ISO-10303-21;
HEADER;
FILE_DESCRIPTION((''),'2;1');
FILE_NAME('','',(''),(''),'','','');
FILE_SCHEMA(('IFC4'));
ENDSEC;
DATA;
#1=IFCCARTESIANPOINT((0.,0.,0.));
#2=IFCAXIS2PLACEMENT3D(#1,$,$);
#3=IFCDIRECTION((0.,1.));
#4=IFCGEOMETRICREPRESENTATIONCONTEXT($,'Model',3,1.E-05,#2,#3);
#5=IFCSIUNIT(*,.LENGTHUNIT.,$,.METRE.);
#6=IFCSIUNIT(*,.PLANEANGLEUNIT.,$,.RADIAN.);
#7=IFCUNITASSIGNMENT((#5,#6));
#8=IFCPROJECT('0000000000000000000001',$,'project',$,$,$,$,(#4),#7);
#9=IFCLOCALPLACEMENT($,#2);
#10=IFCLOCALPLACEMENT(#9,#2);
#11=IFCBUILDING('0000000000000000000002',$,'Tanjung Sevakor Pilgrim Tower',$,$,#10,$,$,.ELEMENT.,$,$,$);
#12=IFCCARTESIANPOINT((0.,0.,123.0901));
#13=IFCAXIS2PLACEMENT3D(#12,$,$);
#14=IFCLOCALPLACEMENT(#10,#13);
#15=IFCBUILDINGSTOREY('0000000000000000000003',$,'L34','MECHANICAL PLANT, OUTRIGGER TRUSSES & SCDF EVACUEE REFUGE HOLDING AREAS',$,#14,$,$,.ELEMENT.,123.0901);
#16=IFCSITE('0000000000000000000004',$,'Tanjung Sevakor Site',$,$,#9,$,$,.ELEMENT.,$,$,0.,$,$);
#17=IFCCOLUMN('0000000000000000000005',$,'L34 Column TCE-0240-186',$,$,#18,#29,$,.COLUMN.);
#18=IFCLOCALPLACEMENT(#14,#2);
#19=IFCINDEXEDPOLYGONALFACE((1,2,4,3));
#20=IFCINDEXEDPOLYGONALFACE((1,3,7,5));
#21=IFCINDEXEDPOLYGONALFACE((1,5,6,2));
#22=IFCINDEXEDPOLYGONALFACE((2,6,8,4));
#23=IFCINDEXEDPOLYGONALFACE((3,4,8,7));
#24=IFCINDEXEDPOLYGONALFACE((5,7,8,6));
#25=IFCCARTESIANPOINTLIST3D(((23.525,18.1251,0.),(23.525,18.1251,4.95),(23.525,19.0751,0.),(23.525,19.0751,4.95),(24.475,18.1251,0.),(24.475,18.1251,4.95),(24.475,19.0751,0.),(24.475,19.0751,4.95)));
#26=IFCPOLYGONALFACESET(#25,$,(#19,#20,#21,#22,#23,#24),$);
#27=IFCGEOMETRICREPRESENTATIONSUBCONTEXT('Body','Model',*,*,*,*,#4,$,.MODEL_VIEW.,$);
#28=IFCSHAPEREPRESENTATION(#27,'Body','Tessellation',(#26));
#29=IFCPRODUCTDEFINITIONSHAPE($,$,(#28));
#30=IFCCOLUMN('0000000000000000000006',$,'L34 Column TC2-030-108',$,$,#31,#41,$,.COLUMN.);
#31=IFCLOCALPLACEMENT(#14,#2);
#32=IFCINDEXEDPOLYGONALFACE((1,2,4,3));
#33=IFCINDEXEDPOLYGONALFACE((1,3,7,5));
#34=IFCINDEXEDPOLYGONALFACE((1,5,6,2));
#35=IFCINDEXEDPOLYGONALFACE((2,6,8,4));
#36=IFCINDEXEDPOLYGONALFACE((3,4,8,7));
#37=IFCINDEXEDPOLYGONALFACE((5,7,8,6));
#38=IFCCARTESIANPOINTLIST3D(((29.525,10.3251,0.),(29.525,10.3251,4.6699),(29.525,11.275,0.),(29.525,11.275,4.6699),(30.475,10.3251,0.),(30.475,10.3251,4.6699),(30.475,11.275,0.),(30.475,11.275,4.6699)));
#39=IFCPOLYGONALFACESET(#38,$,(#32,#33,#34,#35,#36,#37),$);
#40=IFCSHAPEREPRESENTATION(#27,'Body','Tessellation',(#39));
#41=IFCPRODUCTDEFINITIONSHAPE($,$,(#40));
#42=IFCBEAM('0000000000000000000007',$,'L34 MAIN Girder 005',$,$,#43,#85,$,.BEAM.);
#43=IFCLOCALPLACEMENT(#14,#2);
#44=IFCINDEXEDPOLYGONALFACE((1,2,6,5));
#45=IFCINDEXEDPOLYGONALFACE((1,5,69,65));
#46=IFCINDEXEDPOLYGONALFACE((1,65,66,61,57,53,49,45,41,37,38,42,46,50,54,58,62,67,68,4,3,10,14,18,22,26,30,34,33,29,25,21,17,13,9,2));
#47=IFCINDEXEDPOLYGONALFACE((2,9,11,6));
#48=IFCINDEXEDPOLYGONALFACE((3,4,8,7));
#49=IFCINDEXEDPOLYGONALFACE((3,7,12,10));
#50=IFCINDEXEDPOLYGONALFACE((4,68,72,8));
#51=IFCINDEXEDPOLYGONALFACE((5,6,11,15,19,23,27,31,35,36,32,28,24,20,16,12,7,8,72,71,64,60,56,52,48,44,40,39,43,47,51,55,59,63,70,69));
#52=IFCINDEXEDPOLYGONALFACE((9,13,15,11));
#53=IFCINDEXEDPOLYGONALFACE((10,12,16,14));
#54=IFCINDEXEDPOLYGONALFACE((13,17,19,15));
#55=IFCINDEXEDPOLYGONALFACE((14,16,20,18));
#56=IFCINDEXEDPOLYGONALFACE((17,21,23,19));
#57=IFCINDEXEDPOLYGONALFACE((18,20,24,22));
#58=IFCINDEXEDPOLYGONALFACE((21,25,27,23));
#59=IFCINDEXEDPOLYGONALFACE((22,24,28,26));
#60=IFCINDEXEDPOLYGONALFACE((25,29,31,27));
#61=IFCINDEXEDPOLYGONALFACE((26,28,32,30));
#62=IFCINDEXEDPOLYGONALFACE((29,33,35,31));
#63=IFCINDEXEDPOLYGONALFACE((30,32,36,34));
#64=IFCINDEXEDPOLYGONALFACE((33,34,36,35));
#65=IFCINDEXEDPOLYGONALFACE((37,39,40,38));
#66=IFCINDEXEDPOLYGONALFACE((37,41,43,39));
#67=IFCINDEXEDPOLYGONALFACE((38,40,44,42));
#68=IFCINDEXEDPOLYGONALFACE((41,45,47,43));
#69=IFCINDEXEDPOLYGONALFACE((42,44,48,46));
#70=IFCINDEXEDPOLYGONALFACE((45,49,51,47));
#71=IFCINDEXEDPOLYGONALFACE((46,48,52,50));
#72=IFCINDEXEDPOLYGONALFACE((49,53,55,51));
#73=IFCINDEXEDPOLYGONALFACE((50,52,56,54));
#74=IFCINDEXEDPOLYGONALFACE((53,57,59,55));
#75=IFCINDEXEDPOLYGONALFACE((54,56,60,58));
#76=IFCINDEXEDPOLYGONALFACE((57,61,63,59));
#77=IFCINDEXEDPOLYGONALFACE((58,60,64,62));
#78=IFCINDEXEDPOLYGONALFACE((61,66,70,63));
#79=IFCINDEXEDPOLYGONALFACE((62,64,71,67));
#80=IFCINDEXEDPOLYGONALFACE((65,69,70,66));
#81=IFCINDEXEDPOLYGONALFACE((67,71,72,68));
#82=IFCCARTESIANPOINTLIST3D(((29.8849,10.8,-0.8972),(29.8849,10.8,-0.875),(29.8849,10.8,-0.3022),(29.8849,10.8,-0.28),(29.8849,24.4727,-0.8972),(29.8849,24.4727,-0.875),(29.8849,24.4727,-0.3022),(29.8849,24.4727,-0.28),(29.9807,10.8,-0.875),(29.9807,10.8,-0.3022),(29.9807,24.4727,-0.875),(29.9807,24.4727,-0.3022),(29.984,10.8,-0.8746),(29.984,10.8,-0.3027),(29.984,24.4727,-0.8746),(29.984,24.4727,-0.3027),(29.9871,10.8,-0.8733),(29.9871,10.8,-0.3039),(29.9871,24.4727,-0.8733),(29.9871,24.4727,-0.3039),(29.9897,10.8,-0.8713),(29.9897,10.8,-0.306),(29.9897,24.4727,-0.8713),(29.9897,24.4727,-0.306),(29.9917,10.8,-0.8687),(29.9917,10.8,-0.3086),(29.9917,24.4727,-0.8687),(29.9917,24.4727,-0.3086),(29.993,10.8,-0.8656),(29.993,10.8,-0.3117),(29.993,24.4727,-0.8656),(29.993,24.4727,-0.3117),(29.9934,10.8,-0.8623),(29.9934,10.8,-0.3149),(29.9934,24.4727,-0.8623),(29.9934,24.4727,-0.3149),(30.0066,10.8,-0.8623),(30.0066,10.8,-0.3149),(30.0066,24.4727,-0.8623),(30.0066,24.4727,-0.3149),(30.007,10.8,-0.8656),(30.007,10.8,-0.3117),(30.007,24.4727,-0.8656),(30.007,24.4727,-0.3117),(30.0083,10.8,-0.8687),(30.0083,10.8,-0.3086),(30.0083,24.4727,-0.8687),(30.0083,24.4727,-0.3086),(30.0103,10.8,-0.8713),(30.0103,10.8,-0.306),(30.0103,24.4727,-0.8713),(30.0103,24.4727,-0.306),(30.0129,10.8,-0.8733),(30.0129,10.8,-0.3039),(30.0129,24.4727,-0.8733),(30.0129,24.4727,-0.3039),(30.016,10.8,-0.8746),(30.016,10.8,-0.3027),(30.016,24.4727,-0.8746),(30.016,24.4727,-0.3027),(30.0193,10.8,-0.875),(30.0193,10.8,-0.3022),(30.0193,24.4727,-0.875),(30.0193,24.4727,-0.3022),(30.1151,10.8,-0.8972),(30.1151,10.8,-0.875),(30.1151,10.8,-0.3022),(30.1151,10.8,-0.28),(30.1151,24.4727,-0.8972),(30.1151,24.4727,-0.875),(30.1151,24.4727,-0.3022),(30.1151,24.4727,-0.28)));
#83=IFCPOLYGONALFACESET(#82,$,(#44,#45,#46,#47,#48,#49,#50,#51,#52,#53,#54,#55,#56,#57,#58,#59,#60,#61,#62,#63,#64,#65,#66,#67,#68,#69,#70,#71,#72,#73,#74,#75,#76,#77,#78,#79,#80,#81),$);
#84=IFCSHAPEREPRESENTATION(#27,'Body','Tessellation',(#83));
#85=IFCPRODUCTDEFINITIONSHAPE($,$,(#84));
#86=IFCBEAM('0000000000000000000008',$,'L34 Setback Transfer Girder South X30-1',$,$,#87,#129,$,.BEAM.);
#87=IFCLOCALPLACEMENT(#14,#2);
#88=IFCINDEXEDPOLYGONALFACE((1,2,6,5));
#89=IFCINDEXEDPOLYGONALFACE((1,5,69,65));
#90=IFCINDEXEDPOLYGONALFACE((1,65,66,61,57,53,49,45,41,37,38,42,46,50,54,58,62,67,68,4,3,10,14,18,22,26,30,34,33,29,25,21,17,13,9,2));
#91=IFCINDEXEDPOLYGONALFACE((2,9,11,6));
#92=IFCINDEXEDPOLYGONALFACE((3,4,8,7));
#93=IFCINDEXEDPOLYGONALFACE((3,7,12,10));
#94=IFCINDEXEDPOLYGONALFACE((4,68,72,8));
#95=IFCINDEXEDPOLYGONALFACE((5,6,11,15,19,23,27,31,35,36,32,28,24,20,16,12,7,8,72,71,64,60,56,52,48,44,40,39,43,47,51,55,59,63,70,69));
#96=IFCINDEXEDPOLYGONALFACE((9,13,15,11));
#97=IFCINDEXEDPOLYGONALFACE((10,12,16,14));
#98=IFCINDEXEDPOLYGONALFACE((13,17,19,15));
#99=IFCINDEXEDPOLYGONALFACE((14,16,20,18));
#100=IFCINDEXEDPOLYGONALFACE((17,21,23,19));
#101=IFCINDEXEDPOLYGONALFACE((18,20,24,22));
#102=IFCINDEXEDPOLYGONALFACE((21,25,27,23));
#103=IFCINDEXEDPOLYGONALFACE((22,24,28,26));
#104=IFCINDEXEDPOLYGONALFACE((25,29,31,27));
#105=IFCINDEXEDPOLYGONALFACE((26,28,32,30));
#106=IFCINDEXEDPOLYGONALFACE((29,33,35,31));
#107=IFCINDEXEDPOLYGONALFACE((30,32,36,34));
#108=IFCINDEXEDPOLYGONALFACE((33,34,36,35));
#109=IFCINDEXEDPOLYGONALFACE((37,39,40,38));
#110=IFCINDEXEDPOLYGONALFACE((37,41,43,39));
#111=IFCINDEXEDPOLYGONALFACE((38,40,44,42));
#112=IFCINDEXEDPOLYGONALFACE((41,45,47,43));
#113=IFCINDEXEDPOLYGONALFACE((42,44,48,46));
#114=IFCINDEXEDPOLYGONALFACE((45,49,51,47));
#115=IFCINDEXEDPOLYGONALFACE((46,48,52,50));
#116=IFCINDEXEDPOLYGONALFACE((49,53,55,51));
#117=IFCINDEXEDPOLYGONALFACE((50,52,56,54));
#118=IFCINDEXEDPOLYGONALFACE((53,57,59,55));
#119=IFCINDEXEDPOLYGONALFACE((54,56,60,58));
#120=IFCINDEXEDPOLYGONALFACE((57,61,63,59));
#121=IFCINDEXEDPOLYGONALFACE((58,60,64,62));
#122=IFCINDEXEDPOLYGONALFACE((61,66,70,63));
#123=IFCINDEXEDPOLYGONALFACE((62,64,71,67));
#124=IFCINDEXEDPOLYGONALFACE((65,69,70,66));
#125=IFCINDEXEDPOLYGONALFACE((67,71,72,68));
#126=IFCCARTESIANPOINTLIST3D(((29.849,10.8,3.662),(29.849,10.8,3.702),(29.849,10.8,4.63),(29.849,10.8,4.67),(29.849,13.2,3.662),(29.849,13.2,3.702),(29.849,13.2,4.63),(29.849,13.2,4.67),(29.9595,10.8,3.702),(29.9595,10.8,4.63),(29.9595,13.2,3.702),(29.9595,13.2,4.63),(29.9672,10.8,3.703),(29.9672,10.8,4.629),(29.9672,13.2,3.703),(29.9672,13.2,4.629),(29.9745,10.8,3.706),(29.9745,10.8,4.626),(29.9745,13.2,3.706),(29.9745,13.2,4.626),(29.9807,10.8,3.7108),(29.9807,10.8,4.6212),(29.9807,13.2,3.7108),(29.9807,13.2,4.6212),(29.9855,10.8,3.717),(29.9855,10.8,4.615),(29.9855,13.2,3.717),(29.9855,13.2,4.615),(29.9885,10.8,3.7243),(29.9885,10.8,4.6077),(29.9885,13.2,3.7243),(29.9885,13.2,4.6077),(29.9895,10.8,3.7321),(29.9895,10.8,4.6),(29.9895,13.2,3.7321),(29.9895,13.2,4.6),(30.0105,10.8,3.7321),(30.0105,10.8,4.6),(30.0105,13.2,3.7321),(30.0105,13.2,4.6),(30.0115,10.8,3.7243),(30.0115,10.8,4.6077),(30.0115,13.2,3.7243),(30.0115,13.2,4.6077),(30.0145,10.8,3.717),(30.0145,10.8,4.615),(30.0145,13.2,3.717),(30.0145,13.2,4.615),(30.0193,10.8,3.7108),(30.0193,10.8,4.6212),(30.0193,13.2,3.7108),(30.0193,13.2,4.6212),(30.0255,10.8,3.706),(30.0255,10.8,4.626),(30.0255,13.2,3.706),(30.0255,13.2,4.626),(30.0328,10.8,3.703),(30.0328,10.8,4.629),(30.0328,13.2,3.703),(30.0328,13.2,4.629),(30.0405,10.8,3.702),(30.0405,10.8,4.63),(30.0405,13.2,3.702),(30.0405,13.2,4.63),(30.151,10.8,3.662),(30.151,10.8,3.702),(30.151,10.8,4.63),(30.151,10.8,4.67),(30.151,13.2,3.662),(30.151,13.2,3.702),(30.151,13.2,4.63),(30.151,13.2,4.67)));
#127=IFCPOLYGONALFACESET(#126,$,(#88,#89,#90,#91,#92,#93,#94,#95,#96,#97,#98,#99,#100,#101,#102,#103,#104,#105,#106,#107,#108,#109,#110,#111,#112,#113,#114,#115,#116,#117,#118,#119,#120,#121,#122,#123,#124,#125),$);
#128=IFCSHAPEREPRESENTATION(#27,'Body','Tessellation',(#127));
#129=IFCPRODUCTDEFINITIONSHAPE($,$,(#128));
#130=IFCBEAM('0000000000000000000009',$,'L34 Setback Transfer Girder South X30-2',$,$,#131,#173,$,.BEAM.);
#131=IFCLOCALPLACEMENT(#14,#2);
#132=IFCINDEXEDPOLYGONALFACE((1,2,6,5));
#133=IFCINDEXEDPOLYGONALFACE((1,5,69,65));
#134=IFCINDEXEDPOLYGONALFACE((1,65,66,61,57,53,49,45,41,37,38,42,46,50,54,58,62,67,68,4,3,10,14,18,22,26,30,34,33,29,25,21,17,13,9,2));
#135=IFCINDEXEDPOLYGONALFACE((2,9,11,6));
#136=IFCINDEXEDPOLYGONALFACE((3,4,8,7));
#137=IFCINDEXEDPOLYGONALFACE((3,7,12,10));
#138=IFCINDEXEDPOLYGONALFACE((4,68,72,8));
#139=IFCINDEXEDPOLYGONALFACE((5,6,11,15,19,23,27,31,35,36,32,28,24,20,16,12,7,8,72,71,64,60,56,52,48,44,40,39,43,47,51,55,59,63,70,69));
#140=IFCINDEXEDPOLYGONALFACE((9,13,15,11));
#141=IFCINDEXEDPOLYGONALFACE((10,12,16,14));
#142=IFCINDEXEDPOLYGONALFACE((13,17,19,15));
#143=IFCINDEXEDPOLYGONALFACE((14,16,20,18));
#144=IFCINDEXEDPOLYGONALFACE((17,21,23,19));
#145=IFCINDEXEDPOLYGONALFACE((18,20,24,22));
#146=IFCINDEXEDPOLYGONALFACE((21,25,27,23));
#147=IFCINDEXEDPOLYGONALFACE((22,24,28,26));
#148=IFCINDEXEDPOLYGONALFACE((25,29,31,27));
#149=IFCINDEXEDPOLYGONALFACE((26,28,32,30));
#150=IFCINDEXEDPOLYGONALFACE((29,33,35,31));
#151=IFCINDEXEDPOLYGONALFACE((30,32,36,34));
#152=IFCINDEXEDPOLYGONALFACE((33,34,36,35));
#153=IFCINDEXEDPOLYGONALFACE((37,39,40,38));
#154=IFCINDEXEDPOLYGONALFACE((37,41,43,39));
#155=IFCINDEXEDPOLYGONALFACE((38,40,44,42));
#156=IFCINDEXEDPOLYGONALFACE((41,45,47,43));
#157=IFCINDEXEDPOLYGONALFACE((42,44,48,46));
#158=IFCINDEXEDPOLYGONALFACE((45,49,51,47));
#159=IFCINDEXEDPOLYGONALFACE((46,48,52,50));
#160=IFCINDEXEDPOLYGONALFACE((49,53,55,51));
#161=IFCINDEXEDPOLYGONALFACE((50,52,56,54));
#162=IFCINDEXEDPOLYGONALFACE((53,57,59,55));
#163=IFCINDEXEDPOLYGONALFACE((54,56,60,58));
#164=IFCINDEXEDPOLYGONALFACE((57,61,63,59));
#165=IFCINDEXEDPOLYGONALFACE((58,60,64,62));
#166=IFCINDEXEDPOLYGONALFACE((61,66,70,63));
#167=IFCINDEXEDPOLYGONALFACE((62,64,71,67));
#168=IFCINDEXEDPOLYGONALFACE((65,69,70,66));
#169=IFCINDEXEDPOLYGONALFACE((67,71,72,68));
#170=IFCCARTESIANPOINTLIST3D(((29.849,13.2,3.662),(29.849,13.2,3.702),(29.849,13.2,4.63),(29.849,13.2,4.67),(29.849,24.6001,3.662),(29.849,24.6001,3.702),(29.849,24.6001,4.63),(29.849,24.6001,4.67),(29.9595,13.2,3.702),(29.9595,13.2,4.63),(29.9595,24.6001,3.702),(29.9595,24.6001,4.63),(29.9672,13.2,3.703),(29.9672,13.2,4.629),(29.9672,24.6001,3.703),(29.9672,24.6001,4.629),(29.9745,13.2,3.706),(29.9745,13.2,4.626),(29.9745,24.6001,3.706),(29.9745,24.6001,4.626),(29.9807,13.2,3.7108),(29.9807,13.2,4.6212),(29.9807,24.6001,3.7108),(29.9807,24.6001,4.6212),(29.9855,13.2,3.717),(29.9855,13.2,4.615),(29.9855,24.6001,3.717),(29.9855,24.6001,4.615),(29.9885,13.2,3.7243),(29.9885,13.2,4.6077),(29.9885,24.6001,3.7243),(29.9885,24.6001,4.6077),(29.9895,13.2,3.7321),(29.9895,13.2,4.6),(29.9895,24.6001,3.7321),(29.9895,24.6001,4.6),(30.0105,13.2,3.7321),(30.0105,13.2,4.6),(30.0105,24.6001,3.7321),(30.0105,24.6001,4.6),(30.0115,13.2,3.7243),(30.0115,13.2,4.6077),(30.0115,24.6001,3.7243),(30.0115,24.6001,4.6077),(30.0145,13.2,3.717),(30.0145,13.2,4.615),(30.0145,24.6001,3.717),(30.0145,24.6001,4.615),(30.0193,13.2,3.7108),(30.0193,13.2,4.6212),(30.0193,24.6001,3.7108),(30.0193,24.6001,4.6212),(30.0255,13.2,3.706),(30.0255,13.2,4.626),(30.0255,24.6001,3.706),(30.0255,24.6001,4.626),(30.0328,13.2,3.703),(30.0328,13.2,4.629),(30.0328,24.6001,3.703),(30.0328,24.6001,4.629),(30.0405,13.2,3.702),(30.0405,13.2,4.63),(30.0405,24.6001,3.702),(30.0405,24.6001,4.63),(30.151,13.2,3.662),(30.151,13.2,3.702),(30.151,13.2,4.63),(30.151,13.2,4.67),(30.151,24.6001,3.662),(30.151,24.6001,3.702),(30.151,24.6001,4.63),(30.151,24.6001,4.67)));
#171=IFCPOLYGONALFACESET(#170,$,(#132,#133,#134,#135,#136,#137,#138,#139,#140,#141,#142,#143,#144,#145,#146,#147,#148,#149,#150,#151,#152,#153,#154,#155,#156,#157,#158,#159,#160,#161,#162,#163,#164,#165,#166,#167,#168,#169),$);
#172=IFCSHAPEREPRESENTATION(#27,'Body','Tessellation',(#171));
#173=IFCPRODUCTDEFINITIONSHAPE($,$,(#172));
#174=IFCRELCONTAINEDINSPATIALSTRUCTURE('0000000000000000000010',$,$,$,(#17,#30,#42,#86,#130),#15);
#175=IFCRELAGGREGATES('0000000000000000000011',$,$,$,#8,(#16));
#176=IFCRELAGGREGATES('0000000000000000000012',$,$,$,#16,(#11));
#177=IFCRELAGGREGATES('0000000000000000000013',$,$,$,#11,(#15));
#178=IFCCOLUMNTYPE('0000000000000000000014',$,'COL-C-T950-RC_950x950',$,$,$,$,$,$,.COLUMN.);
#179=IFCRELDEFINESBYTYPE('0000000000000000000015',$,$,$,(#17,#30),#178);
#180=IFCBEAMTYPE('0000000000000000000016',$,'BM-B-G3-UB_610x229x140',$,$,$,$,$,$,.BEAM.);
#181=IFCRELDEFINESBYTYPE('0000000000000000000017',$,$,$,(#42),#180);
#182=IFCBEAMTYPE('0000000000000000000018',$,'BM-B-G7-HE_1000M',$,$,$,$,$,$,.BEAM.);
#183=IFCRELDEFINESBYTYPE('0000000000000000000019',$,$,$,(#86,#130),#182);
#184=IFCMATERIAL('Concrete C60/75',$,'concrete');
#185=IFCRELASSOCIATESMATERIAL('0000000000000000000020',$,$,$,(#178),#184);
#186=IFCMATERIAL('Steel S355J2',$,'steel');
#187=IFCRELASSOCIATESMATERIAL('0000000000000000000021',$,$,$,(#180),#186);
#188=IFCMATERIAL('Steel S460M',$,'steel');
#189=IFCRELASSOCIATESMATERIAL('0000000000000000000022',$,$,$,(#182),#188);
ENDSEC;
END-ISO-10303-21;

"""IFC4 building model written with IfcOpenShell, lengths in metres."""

from ifc_helpers import new_model, si_unit, direction, frame, origin, origin_2d, place, context, subcontext, project, spatial, rectangle, i_section, extrude, material, material_profile, profile_set, type_object, element, save


model = new_model("IFC4")

# Units and contexts
model_context = context("Model", 3, precision=1e-05, world=origin(), true_north=direction((0.0, 1.0)))
body_context = subcontext(model_context, "Body", "Model", "MODEL_VIEW")
ifc_project = project(units=[si_unit("LENGTHUNIT", "METRE"), si_unit("PLANEANGLEUNIT", "RADIAN")], contexts=[model_context])

# Site, building, storey
site_placement = place(None, origin())
site = spatial("IfcSite", under=ifc_project, at=site_placement, Name="Tanjung Sevakor Site", CompositionType="ELEMENT", RefElevation=0.0)
building_placement = place(site_placement, origin())
building = spatial("IfcBuilding", under=site, at=building_placement, Name="Tanjung Sevakor Pilgrim Tower", CompositionType="ELEMENT")
storey_placement = place(building_placement, frame((0.0, 0.0, 123.0901)))
storey = spatial("IfcBuildingStorey", under=building, at=storey_placement, Name="L34", Description="MECHANICAL PLANT, OUTRIGGER TRUSSES & SCDF EVACUEE REFUGE HOLDING AREAS", CompositionType="ELEMENT", Elevation=123.0901)

# Columns
ifc_material_1 = material(Name="Concrete C60/75", Category="concrete")
ifc_material_profile_1 = material_profile(ifc_material_1, rectangle(XDim=0.95, YDim=0.95, at=origin_2d()))
ifc_profile_set_1 = profile_set([ifc_material_profile_1], Name="Concrete C60/75")
column_type = type_object("IfcColumnType", Name="COL-C-T950-RC_950x950", PredefinedType="COLUMN", material=ifc_profile_set_1)
column_1_placement = place(storey_placement, frame((24.0, 18.6001, 0.0), z_axis=(0.0, 0.0, 1.0), x_axis=(1.0, 0.0, 0.0)))
element("IfcColumn", 1, at=column_1_placement, inside=storey, type_object=column_type, Name="L34 Column TCE-0240-186", PredefinedType="COLUMN", context=body_context, shape_type="SweptSolid", body=[
    extrude(rectangle(XDim=0.95, YDim=0.95, at=origin_2d()), origin(), (0.0, 0.0, 1.0), 4.95),
])
column_2_placement = place(storey_placement, frame((30.0, 10.8, 0.0), z_axis=(0.0, 0.0, 1.0), x_axis=(1.0, 0.0, 0.0)))
element("IfcColumn", 2, at=column_2_placement, inside=storey, type_object=column_type, Name="L34 Column TC2-030-108", PredefinedType="COLUMN", context=body_context, shape_type="SweptSolid", body=[
    extrude(rectangle(XDim=0.95, YDim=0.95, at=origin_2d()), origin(), (0.0, 0.0, 1.0), 4.6699),
])

# Beams
ifc_material_2 = material(Name="Steel S355J2", Category="steel")
ifc_material_profile_2 = material_profile(ifc_material_2, i_section(OverallWidth=0.2302, OverallDepth=0.6172, WebThickness=0.0132, FlangeThickness=0.0222, FilletRadius=0.0127, at=origin_2d()))
ifc_profile_set_2 = profile_set([ifc_material_profile_2], Name="Steel S355J2")
beam_type_1 = type_object("IfcBeamType", Name="BM-B-G3-UB_610x229x140", PredefinedType="BEAM", material=ifc_profile_set_2)
beam_1_placement = place(storey_placement, frame((30.0, 10.8, -0.5886), z_axis=(0.0, 1.0, 0.0), x_axis=(-1.0, 0.0, 0.0)))
element("IfcBeam", 3, at=beam_1_placement, inside=storey, type_object=beam_type_1, Name="L34 MAIN Girder 005", PredefinedType="BEAM", context=body_context, shape_type="SweptSolid", body=[
    extrude(i_section(OverallWidth=0.2302, OverallDepth=0.6172, WebThickness=0.0132, FlangeThickness=0.0222, FilletRadius=0.0127, at=origin_2d()), origin(), (0.0, 0.0, 1.0), 13.6726),
])
ifc_material_3 = material(Name="Steel S460M", Category="steel")
ifc_material_profile_3 = material_profile(ifc_material_3, i_section(OverallWidth=0.302, OverallDepth=1.0081, WebThickness=0.021, FlangeThickness=0.04, FilletRadius=0.03, at=origin_2d()))
ifc_profile_set_3 = profile_set([ifc_material_profile_3], Name="Steel S460M")
beam_type_2 = type_object("IfcBeamType", Name="BM-B-G7-HE_1000M", PredefinedType="BEAM", material=ifc_profile_set_3)
beam_2_placement = place(storey_placement, frame((30.0, 10.8, 4.166), z_axis=(0.0, 1.0, 0.0), x_axis=(-1.0, 0.0, 0.0)))
element("IfcBeam", 4, at=beam_2_placement, inside=storey, type_object=beam_type_2, Name="L34 Setback Transfer Girder South X30-1", PredefinedType="BEAM", context=body_context, shape_type="SweptSolid", body=[
    extrude(i_section(OverallWidth=0.302, OverallDepth=1.0081, WebThickness=0.021, FlangeThickness=0.04, FilletRadius=0.03, at=origin_2d()), origin(), (0.0, 0.0, 1.0), 2.3999),
])
beam_3_placement = place(storey_placement, frame((30.0, 13.2, 4.166), z_axis=(0.0, 1.0, 0.0), x_axis=(-1.0, 0.0, 0.0)))
element("IfcBeam", 5, at=beam_3_placement, inside=storey, type_object=beam_type_2, Name="L34 Setback Transfer Girder South X30-2", PredefinedType="BEAM", context=body_context, shape_type="SweptSolid", body=[
    extrude(i_section(OverallWidth=0.302, OverallDepth=1.0081, WebThickness=0.021, FlangeThickness=0.04, FilletRadius=0.03, at=origin_2d()), origin(), (0.0, 0.0, 1.0), 11.4001),
])

save(model, "model.ifc")
